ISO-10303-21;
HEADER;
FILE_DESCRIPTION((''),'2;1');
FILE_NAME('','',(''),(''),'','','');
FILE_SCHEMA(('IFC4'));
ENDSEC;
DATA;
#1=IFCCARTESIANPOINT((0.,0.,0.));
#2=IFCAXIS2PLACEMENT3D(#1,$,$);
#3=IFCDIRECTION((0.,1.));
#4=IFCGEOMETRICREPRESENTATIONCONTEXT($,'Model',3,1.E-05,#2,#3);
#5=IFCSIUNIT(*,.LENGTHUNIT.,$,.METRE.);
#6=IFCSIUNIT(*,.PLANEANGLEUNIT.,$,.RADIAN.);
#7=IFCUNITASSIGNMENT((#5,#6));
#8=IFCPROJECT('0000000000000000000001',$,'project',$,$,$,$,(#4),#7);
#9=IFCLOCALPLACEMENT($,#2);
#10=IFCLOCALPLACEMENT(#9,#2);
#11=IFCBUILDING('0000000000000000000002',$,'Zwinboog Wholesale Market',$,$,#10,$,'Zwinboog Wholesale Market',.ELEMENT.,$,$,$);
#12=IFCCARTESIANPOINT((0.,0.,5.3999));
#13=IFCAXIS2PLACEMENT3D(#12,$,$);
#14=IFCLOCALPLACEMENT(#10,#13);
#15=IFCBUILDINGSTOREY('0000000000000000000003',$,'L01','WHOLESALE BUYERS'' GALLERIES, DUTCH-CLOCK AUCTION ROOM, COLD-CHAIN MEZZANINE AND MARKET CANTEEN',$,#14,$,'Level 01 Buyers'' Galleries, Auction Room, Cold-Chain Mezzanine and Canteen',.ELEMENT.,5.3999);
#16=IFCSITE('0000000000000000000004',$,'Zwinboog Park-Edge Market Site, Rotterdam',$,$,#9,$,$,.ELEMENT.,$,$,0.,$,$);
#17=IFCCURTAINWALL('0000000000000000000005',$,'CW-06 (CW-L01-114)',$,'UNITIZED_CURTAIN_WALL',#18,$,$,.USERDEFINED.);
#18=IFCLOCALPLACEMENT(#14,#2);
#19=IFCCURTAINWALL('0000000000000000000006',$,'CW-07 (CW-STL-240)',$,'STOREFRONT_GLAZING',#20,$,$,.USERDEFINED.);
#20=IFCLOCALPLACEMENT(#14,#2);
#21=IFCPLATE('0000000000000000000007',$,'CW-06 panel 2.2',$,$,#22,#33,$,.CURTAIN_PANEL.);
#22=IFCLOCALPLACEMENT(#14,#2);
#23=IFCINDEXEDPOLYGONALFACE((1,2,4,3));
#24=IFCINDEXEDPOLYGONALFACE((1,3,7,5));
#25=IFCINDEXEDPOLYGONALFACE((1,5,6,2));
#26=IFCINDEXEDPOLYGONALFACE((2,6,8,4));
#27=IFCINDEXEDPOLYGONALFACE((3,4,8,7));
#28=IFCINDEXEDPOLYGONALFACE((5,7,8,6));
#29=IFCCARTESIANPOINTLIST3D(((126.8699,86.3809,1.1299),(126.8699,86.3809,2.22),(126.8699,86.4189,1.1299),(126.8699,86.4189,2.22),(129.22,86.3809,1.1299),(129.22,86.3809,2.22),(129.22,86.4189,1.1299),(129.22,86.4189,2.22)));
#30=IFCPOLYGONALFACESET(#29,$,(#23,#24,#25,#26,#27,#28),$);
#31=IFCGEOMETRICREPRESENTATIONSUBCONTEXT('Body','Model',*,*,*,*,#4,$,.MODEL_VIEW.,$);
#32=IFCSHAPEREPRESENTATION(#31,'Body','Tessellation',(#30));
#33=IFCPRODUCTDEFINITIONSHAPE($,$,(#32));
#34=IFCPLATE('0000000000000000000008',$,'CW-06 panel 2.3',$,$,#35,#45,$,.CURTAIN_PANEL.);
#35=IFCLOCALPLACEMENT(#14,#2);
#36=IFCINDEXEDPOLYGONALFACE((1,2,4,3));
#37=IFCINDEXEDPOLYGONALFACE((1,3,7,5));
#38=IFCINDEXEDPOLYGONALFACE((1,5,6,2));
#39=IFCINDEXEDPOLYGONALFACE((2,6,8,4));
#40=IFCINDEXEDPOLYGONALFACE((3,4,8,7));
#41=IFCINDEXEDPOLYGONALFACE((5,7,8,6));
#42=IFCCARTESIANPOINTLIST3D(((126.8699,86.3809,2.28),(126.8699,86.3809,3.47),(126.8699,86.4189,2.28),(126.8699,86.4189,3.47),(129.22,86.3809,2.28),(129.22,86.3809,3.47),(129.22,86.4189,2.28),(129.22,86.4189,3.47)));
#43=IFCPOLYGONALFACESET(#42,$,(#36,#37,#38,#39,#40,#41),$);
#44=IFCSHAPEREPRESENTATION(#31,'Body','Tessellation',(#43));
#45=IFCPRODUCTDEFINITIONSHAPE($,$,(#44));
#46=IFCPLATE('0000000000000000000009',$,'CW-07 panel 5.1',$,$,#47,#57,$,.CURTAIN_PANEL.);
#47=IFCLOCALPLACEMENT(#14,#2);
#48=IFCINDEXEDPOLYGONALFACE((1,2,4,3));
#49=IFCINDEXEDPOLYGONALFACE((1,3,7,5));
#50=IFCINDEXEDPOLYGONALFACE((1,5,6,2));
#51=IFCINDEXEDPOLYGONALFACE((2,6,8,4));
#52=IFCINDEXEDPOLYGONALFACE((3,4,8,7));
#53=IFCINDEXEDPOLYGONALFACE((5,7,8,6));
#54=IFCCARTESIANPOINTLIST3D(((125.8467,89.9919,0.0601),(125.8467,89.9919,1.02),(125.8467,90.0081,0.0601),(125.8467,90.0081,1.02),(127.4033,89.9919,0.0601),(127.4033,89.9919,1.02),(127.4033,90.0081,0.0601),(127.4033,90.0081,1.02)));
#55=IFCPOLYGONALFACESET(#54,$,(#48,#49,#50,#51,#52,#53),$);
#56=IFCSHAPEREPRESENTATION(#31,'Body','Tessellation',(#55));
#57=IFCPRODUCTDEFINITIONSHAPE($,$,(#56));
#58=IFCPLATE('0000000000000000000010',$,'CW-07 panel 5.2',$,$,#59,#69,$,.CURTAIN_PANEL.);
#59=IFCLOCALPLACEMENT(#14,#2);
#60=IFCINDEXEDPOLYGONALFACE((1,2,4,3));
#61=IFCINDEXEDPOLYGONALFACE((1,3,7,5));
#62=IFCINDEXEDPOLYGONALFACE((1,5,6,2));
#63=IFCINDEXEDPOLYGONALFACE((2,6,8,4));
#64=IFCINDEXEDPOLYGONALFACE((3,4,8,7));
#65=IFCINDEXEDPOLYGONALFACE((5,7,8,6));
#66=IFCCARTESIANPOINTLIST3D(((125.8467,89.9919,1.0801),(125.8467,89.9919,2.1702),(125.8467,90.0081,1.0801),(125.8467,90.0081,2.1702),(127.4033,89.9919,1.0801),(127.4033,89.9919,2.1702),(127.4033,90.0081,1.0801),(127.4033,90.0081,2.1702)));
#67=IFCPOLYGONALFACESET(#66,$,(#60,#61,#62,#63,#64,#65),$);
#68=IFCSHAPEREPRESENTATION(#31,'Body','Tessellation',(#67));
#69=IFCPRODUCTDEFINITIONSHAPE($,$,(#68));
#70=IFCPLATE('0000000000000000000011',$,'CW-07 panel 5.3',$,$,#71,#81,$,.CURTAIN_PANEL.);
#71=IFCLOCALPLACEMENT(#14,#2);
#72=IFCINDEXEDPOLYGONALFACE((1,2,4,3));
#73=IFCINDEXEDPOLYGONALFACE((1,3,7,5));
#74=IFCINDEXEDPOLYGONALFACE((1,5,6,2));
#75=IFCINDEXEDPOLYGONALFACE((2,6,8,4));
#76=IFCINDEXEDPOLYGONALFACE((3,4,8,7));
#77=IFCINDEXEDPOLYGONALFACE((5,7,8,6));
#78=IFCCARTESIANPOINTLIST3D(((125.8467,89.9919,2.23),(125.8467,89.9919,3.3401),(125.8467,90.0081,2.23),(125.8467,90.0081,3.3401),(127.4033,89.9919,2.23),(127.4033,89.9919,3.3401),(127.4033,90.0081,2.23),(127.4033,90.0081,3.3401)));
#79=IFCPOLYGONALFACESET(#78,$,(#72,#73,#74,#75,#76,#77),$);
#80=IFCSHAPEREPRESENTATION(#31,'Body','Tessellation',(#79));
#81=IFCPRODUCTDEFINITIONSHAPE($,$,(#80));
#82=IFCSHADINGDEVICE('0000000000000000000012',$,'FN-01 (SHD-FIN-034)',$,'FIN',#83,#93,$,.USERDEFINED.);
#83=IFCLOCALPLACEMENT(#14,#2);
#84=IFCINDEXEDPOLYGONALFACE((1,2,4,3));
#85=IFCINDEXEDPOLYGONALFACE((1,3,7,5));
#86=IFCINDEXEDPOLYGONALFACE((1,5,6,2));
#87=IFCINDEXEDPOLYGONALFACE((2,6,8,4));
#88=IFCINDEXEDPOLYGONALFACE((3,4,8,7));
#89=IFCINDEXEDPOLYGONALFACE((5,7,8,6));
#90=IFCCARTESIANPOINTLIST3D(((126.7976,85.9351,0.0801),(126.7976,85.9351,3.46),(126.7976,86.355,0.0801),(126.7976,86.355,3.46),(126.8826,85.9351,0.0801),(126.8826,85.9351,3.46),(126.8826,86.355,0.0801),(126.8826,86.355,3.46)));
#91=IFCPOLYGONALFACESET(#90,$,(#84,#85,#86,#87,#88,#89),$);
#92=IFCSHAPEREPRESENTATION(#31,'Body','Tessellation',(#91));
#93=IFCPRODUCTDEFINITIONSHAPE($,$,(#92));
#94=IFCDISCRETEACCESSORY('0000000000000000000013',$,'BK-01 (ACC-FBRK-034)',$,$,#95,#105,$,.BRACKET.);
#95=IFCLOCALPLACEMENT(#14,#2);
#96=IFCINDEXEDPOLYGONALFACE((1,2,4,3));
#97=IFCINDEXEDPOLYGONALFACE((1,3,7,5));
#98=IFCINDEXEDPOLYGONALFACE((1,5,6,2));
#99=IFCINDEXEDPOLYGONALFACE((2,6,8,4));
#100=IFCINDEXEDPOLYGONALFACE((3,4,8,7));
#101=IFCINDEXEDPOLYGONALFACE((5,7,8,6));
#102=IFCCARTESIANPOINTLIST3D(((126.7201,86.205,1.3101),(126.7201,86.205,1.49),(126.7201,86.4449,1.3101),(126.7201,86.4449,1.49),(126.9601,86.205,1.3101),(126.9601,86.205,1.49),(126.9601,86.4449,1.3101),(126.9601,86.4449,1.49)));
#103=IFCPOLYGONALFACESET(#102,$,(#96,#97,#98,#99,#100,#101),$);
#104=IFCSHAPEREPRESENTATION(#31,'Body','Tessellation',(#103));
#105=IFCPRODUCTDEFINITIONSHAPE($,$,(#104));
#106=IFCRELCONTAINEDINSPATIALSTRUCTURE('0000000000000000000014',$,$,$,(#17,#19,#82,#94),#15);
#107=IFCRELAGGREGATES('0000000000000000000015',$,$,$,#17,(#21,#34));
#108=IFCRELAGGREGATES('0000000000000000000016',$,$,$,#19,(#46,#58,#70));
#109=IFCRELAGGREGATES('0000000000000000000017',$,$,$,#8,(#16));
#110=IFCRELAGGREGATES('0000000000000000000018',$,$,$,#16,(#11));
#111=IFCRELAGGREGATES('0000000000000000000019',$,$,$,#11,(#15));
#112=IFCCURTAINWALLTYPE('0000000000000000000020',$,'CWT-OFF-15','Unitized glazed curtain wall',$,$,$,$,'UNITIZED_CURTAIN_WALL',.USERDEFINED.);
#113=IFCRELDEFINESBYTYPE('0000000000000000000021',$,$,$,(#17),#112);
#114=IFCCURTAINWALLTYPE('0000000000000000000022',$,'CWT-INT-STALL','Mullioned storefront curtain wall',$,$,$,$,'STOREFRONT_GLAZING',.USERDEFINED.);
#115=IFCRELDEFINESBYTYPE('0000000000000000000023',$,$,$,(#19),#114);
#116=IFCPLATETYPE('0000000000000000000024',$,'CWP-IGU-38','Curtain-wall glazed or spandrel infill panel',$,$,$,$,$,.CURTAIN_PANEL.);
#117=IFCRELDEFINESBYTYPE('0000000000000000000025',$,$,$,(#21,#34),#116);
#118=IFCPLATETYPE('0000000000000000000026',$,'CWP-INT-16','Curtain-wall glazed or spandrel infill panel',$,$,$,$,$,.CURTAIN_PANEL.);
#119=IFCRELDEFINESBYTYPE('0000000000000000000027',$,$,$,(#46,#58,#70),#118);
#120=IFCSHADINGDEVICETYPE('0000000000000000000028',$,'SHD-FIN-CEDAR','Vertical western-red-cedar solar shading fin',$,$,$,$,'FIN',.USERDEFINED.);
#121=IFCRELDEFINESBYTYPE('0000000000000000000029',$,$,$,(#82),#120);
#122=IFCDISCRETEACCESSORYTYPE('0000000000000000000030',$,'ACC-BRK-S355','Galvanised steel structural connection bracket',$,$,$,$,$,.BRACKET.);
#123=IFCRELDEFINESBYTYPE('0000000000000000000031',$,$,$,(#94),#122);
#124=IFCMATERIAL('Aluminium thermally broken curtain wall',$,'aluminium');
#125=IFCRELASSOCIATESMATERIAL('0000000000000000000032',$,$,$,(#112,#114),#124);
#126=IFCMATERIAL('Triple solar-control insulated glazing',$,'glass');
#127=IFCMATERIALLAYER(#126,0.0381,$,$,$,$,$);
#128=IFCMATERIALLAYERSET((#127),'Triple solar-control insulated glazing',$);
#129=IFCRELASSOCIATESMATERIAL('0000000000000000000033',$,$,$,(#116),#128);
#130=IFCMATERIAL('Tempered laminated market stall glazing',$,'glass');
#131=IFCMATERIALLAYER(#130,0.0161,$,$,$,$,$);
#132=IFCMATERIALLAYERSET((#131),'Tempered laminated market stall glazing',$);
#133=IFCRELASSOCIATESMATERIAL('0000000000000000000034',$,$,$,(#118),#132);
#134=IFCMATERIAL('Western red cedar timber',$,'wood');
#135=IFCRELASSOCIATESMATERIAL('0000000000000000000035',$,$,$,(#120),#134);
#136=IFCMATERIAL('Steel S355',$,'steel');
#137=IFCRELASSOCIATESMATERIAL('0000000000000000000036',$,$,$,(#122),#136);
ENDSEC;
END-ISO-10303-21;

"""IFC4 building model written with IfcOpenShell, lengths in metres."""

from ifc_helpers import new_model, si_unit, direction, frame, origin, origin_2d, place, context, subcontext, project, spatial, rectangle, extrude, material, layer, layer_set, type_object, element, aggregate, save


model = new_model("IFC4")

# Units and contexts
model_context = context("Model", 3, precision=1e-05, world=origin(), true_north=direction((0.0, 1.0)))
body_context = subcontext(model_context, "Body", "Model", "MODEL_VIEW")
ifc_project = project(units=[si_unit("LENGTHUNIT", "METRE"), si_unit("PLANEANGLEUNIT", "RADIAN")], contexts=[model_context])

# Site, building, storey
site_placement = place(None, origin())
site = spatial("IfcSite", under=ifc_project, at=site_placement, Name="Zwinboog Park-Edge Market Site, Rotterdam", CompositionType="ELEMENT", RefElevation=0.0)
building_placement = place(site_placement, origin())
building = spatial("IfcBuilding", under=site, at=building_placement, Name="Zwinboog Wholesale Market", LongName="Zwinboog Wholesale Market", CompositionType="ELEMENT")
storey_placement = place(building_placement, frame((0.0, 0.0, 5.3999)))
storey = spatial("IfcBuildingStorey", under=building, at=storey_placement, Name="L01", Description="WHOLESALE BUYERS' GALLERIES, DUTCH-CLOCK AUCTION ROOM, COLD-CHAIN MEZZANINE AND MARKET CANTEEN", LongName="Level 01 Buyers' Galleries, Auction Room, Cold-Chain Mezzanine and Canteen", CompositionType="ELEMENT", Elevation=5.3999)

# Curtain walls
ifc_material_1 = material(Name="Aluminium thermally broken curtain wall", Category="aluminium")
curtain_wall_type_1 = type_object("IfcCurtainWallType", Name="CWT-OFF-15", Description="Unitized glazed curtain wall", ElementType="UNITIZED_CURTAIN_WALL", PredefinedType="USERDEFINED", material=ifc_material_1)
curtain_wall_1_placement = place(storey_placement, origin())
curtain_wall_1 = element("IfcCurtainWall", 1, at=curtain_wall_1_placement, inside=storey, type_object=curtain_wall_type_1, Name="CW-06 (CW-L01-114)", ObjectType="UNITIZED_CURTAIN_WALL", PredefinedType="USERDEFINED")
curtain_wall_type_2 = type_object("IfcCurtainWallType", Name="CWT-INT-STALL", Description="Mullioned storefront curtain wall", ElementType="STOREFRONT_GLAZING", PredefinedType="USERDEFINED", material=ifc_material_1)
curtain_wall_2_placement = place(storey_placement, origin())
curtain_wall_2 = element("IfcCurtainWall", 2, at=curtain_wall_2_placement, inside=storey, type_object=curtain_wall_type_2, Name="CW-07 (CW-STL-240)", ObjectType="STOREFRONT_GLAZING", PredefinedType="USERDEFINED")

# Plates
ifc_material_2 = material(Name="Triple solar-control insulated glazing", Category="glass")
ifc_layer_1 = layer(ifc_material_2, 0.0381)
ifc_layer_set_1 = layer_set([ifc_layer_1], Name="Triple solar-control insulated glazing")
plate_type_1 = type_object("IfcPlateType", Name="CWP-IGU-38", Description="Curtain-wall glazed or spandrel infill panel", PredefinedType="CURTAIN_PANEL", material=ifc_layer_set_1)
plate_1_placement = place(storey_placement, frame((128.0449, 86.3999, 1.1299), z_axis=(0.0, 0.0, 1.0), x_axis=(1.0, 0.0, 0.0)))
plate_1 = element("IfcPlate", 3, at=plate_1_placement, type_object=plate_type_1, Name="CW-06 panel 2.2", PredefinedType="CURTAIN_PANEL", context=body_context, shape_type="SweptSolid", body=[
    extrude(rectangle(XDim=2.3501, YDim=0.0381, at=origin_2d()), origin(), (0.0, 0.0, 1.0), 1.0901),
])
plate_2_placement = place(storey_placement, frame((128.0449, 86.3999, 2.28), z_axis=(0.0, 0.0, 1.0), x_axis=(1.0, 0.0, 0.0)))
plate_2 = element("IfcPlate", 4, at=plate_2_placement, type_object=plate_type_1, Name="CW-06 panel 2.3", PredefinedType="CURTAIN_PANEL", context=body_context, shape_type="SweptSolid", body=[
    extrude(rectangle(XDim=2.3501, YDim=0.0381, at=origin_2d()), origin(), (0.0, 0.0, 1.0), 1.1899),
])
aggregate(curtain_wall_1, [plate_1, plate_2])
ifc_material_3 = material(Name="Tempered laminated market stall glazing", Category="glass")
ifc_layer_2 = layer(ifc_material_3, 0.0161)
ifc_layer_set_2 = layer_set([ifc_layer_2], Name="Tempered laminated market stall glazing")
plate_type_2 = type_object("IfcPlateType", Name="CWP-INT-16", Description="Curtain-wall glazed or spandrel infill panel", PredefinedType="CURTAIN_PANEL", material=ifc_layer_set_2)
plate_3_placement = place(storey_placement, frame((126.625, 90.0, 0.0601), z_axis=(0.0, 0.0, 1.0), x_axis=(1.0, 0.0, 0.0)))
plate_3 = element("IfcPlate", 5, at=plate_3_placement, type_object=plate_type_2, Name="CW-07 panel 5.1", PredefinedType="CURTAIN_PANEL", context=body_context, shape_type="SweptSolid", body=[
    extrude(rectangle(XDim=1.5566, YDim=0.0161, at=origin_2d()), origin(), (0.0, 0.0, 1.0), 0.96),
])
plate_4_placement = place(storey_placement, frame((126.625, 90.0, 1.0801), z_axis=(0.0, 0.0, 1.0), x_axis=(1.0, 0.0, 0.0)))
plate_4 = element("IfcPlate", 6, at=plate_4_placement, type_object=plate_type_2, Name="CW-07 panel 5.2", PredefinedType="CURTAIN_PANEL", context=body_context, shape_type="SweptSolid", body=[
    extrude(rectangle(XDim=1.5566, YDim=0.0161, at=origin_2d()), origin(), (0.0, 0.0, 1.0), 1.0901),
])
plate_5_placement = place(storey_placement, frame((126.625, 90.0, 2.23), z_axis=(0.0, 0.0, 1.0), x_axis=(1.0, 0.0, 0.0)))
plate_5 = element("IfcPlate", 7, at=plate_5_placement, type_object=plate_type_2, Name="CW-07 panel 5.3", PredefinedType="CURTAIN_PANEL", context=body_context, shape_type="SweptSolid", body=[
    extrude(rectangle(XDim=1.5566, YDim=0.0161, at=origin_2d()), origin(), (0.0, 0.0, 1.0), 1.1101),
])
aggregate(curtain_wall_2, [plate_3, plate_4, plate_5])

# Shading device
ifc_material_4 = material(Name="Western red cedar timber", Category="wood")
shading_device_type = type_object("IfcShadingDeviceType", Name="SHD-FIN-CEDAR", Description="Vertical western-red-cedar solar shading fin", ElementType="FIN", PredefinedType="USERDEFINED", material=ifc_material_4)
shading_device_placement = place(storey_placement, frame((126.8401, 86.145, 0.0801), z_axis=(0.0, 0.0, 1.0), x_axis=(0.0, 1.0, 0.0)))
element("IfcShadingDevice", 8, at=shading_device_placement, inside=storey, type_object=shading_device_type, Name="FN-01 (SHD-FIN-034)", ObjectType="FIN", PredefinedType="USERDEFINED", context=body_context, shape_type="SweptSolid", body=[
    extrude(rectangle(XDim=0.4199, YDim=0.085, at=origin_2d()), origin(), (0.0, 0.0, 1.0), 3.3799),
])

# Discrete accessory
ifc_material_5 = material(Name="Steel S355", Category="steel")
discrete_accessory_type = type_object("IfcDiscreteAccessoryType", Name="ACC-BRK-S355", Description="Galvanised steel structural connection bracket", PredefinedType="BRACKET", material=ifc_material_5)
discrete_accessory_placement = place(storey_placement, frame((126.8401, 86.325, 1.3101), z_axis=(0.0, 0.0, 1.0), x_axis=(1.0, 0.0, 0.0)))
element("IfcDiscreteAccessory", 9, at=discrete_accessory_placement, inside=storey, type_object=discrete_accessory_type, Name="BK-01 (ACC-FBRK-034)", PredefinedType="BRACKET", context=body_context, shape_type="SweptSolid", body=[
    extrude(rectangle(XDim=0.24, YDim=0.24, at=origin_2d()), origin(), (0.0, 0.0, 1.0), 0.1799),
])

save(model, "model.ifc")
